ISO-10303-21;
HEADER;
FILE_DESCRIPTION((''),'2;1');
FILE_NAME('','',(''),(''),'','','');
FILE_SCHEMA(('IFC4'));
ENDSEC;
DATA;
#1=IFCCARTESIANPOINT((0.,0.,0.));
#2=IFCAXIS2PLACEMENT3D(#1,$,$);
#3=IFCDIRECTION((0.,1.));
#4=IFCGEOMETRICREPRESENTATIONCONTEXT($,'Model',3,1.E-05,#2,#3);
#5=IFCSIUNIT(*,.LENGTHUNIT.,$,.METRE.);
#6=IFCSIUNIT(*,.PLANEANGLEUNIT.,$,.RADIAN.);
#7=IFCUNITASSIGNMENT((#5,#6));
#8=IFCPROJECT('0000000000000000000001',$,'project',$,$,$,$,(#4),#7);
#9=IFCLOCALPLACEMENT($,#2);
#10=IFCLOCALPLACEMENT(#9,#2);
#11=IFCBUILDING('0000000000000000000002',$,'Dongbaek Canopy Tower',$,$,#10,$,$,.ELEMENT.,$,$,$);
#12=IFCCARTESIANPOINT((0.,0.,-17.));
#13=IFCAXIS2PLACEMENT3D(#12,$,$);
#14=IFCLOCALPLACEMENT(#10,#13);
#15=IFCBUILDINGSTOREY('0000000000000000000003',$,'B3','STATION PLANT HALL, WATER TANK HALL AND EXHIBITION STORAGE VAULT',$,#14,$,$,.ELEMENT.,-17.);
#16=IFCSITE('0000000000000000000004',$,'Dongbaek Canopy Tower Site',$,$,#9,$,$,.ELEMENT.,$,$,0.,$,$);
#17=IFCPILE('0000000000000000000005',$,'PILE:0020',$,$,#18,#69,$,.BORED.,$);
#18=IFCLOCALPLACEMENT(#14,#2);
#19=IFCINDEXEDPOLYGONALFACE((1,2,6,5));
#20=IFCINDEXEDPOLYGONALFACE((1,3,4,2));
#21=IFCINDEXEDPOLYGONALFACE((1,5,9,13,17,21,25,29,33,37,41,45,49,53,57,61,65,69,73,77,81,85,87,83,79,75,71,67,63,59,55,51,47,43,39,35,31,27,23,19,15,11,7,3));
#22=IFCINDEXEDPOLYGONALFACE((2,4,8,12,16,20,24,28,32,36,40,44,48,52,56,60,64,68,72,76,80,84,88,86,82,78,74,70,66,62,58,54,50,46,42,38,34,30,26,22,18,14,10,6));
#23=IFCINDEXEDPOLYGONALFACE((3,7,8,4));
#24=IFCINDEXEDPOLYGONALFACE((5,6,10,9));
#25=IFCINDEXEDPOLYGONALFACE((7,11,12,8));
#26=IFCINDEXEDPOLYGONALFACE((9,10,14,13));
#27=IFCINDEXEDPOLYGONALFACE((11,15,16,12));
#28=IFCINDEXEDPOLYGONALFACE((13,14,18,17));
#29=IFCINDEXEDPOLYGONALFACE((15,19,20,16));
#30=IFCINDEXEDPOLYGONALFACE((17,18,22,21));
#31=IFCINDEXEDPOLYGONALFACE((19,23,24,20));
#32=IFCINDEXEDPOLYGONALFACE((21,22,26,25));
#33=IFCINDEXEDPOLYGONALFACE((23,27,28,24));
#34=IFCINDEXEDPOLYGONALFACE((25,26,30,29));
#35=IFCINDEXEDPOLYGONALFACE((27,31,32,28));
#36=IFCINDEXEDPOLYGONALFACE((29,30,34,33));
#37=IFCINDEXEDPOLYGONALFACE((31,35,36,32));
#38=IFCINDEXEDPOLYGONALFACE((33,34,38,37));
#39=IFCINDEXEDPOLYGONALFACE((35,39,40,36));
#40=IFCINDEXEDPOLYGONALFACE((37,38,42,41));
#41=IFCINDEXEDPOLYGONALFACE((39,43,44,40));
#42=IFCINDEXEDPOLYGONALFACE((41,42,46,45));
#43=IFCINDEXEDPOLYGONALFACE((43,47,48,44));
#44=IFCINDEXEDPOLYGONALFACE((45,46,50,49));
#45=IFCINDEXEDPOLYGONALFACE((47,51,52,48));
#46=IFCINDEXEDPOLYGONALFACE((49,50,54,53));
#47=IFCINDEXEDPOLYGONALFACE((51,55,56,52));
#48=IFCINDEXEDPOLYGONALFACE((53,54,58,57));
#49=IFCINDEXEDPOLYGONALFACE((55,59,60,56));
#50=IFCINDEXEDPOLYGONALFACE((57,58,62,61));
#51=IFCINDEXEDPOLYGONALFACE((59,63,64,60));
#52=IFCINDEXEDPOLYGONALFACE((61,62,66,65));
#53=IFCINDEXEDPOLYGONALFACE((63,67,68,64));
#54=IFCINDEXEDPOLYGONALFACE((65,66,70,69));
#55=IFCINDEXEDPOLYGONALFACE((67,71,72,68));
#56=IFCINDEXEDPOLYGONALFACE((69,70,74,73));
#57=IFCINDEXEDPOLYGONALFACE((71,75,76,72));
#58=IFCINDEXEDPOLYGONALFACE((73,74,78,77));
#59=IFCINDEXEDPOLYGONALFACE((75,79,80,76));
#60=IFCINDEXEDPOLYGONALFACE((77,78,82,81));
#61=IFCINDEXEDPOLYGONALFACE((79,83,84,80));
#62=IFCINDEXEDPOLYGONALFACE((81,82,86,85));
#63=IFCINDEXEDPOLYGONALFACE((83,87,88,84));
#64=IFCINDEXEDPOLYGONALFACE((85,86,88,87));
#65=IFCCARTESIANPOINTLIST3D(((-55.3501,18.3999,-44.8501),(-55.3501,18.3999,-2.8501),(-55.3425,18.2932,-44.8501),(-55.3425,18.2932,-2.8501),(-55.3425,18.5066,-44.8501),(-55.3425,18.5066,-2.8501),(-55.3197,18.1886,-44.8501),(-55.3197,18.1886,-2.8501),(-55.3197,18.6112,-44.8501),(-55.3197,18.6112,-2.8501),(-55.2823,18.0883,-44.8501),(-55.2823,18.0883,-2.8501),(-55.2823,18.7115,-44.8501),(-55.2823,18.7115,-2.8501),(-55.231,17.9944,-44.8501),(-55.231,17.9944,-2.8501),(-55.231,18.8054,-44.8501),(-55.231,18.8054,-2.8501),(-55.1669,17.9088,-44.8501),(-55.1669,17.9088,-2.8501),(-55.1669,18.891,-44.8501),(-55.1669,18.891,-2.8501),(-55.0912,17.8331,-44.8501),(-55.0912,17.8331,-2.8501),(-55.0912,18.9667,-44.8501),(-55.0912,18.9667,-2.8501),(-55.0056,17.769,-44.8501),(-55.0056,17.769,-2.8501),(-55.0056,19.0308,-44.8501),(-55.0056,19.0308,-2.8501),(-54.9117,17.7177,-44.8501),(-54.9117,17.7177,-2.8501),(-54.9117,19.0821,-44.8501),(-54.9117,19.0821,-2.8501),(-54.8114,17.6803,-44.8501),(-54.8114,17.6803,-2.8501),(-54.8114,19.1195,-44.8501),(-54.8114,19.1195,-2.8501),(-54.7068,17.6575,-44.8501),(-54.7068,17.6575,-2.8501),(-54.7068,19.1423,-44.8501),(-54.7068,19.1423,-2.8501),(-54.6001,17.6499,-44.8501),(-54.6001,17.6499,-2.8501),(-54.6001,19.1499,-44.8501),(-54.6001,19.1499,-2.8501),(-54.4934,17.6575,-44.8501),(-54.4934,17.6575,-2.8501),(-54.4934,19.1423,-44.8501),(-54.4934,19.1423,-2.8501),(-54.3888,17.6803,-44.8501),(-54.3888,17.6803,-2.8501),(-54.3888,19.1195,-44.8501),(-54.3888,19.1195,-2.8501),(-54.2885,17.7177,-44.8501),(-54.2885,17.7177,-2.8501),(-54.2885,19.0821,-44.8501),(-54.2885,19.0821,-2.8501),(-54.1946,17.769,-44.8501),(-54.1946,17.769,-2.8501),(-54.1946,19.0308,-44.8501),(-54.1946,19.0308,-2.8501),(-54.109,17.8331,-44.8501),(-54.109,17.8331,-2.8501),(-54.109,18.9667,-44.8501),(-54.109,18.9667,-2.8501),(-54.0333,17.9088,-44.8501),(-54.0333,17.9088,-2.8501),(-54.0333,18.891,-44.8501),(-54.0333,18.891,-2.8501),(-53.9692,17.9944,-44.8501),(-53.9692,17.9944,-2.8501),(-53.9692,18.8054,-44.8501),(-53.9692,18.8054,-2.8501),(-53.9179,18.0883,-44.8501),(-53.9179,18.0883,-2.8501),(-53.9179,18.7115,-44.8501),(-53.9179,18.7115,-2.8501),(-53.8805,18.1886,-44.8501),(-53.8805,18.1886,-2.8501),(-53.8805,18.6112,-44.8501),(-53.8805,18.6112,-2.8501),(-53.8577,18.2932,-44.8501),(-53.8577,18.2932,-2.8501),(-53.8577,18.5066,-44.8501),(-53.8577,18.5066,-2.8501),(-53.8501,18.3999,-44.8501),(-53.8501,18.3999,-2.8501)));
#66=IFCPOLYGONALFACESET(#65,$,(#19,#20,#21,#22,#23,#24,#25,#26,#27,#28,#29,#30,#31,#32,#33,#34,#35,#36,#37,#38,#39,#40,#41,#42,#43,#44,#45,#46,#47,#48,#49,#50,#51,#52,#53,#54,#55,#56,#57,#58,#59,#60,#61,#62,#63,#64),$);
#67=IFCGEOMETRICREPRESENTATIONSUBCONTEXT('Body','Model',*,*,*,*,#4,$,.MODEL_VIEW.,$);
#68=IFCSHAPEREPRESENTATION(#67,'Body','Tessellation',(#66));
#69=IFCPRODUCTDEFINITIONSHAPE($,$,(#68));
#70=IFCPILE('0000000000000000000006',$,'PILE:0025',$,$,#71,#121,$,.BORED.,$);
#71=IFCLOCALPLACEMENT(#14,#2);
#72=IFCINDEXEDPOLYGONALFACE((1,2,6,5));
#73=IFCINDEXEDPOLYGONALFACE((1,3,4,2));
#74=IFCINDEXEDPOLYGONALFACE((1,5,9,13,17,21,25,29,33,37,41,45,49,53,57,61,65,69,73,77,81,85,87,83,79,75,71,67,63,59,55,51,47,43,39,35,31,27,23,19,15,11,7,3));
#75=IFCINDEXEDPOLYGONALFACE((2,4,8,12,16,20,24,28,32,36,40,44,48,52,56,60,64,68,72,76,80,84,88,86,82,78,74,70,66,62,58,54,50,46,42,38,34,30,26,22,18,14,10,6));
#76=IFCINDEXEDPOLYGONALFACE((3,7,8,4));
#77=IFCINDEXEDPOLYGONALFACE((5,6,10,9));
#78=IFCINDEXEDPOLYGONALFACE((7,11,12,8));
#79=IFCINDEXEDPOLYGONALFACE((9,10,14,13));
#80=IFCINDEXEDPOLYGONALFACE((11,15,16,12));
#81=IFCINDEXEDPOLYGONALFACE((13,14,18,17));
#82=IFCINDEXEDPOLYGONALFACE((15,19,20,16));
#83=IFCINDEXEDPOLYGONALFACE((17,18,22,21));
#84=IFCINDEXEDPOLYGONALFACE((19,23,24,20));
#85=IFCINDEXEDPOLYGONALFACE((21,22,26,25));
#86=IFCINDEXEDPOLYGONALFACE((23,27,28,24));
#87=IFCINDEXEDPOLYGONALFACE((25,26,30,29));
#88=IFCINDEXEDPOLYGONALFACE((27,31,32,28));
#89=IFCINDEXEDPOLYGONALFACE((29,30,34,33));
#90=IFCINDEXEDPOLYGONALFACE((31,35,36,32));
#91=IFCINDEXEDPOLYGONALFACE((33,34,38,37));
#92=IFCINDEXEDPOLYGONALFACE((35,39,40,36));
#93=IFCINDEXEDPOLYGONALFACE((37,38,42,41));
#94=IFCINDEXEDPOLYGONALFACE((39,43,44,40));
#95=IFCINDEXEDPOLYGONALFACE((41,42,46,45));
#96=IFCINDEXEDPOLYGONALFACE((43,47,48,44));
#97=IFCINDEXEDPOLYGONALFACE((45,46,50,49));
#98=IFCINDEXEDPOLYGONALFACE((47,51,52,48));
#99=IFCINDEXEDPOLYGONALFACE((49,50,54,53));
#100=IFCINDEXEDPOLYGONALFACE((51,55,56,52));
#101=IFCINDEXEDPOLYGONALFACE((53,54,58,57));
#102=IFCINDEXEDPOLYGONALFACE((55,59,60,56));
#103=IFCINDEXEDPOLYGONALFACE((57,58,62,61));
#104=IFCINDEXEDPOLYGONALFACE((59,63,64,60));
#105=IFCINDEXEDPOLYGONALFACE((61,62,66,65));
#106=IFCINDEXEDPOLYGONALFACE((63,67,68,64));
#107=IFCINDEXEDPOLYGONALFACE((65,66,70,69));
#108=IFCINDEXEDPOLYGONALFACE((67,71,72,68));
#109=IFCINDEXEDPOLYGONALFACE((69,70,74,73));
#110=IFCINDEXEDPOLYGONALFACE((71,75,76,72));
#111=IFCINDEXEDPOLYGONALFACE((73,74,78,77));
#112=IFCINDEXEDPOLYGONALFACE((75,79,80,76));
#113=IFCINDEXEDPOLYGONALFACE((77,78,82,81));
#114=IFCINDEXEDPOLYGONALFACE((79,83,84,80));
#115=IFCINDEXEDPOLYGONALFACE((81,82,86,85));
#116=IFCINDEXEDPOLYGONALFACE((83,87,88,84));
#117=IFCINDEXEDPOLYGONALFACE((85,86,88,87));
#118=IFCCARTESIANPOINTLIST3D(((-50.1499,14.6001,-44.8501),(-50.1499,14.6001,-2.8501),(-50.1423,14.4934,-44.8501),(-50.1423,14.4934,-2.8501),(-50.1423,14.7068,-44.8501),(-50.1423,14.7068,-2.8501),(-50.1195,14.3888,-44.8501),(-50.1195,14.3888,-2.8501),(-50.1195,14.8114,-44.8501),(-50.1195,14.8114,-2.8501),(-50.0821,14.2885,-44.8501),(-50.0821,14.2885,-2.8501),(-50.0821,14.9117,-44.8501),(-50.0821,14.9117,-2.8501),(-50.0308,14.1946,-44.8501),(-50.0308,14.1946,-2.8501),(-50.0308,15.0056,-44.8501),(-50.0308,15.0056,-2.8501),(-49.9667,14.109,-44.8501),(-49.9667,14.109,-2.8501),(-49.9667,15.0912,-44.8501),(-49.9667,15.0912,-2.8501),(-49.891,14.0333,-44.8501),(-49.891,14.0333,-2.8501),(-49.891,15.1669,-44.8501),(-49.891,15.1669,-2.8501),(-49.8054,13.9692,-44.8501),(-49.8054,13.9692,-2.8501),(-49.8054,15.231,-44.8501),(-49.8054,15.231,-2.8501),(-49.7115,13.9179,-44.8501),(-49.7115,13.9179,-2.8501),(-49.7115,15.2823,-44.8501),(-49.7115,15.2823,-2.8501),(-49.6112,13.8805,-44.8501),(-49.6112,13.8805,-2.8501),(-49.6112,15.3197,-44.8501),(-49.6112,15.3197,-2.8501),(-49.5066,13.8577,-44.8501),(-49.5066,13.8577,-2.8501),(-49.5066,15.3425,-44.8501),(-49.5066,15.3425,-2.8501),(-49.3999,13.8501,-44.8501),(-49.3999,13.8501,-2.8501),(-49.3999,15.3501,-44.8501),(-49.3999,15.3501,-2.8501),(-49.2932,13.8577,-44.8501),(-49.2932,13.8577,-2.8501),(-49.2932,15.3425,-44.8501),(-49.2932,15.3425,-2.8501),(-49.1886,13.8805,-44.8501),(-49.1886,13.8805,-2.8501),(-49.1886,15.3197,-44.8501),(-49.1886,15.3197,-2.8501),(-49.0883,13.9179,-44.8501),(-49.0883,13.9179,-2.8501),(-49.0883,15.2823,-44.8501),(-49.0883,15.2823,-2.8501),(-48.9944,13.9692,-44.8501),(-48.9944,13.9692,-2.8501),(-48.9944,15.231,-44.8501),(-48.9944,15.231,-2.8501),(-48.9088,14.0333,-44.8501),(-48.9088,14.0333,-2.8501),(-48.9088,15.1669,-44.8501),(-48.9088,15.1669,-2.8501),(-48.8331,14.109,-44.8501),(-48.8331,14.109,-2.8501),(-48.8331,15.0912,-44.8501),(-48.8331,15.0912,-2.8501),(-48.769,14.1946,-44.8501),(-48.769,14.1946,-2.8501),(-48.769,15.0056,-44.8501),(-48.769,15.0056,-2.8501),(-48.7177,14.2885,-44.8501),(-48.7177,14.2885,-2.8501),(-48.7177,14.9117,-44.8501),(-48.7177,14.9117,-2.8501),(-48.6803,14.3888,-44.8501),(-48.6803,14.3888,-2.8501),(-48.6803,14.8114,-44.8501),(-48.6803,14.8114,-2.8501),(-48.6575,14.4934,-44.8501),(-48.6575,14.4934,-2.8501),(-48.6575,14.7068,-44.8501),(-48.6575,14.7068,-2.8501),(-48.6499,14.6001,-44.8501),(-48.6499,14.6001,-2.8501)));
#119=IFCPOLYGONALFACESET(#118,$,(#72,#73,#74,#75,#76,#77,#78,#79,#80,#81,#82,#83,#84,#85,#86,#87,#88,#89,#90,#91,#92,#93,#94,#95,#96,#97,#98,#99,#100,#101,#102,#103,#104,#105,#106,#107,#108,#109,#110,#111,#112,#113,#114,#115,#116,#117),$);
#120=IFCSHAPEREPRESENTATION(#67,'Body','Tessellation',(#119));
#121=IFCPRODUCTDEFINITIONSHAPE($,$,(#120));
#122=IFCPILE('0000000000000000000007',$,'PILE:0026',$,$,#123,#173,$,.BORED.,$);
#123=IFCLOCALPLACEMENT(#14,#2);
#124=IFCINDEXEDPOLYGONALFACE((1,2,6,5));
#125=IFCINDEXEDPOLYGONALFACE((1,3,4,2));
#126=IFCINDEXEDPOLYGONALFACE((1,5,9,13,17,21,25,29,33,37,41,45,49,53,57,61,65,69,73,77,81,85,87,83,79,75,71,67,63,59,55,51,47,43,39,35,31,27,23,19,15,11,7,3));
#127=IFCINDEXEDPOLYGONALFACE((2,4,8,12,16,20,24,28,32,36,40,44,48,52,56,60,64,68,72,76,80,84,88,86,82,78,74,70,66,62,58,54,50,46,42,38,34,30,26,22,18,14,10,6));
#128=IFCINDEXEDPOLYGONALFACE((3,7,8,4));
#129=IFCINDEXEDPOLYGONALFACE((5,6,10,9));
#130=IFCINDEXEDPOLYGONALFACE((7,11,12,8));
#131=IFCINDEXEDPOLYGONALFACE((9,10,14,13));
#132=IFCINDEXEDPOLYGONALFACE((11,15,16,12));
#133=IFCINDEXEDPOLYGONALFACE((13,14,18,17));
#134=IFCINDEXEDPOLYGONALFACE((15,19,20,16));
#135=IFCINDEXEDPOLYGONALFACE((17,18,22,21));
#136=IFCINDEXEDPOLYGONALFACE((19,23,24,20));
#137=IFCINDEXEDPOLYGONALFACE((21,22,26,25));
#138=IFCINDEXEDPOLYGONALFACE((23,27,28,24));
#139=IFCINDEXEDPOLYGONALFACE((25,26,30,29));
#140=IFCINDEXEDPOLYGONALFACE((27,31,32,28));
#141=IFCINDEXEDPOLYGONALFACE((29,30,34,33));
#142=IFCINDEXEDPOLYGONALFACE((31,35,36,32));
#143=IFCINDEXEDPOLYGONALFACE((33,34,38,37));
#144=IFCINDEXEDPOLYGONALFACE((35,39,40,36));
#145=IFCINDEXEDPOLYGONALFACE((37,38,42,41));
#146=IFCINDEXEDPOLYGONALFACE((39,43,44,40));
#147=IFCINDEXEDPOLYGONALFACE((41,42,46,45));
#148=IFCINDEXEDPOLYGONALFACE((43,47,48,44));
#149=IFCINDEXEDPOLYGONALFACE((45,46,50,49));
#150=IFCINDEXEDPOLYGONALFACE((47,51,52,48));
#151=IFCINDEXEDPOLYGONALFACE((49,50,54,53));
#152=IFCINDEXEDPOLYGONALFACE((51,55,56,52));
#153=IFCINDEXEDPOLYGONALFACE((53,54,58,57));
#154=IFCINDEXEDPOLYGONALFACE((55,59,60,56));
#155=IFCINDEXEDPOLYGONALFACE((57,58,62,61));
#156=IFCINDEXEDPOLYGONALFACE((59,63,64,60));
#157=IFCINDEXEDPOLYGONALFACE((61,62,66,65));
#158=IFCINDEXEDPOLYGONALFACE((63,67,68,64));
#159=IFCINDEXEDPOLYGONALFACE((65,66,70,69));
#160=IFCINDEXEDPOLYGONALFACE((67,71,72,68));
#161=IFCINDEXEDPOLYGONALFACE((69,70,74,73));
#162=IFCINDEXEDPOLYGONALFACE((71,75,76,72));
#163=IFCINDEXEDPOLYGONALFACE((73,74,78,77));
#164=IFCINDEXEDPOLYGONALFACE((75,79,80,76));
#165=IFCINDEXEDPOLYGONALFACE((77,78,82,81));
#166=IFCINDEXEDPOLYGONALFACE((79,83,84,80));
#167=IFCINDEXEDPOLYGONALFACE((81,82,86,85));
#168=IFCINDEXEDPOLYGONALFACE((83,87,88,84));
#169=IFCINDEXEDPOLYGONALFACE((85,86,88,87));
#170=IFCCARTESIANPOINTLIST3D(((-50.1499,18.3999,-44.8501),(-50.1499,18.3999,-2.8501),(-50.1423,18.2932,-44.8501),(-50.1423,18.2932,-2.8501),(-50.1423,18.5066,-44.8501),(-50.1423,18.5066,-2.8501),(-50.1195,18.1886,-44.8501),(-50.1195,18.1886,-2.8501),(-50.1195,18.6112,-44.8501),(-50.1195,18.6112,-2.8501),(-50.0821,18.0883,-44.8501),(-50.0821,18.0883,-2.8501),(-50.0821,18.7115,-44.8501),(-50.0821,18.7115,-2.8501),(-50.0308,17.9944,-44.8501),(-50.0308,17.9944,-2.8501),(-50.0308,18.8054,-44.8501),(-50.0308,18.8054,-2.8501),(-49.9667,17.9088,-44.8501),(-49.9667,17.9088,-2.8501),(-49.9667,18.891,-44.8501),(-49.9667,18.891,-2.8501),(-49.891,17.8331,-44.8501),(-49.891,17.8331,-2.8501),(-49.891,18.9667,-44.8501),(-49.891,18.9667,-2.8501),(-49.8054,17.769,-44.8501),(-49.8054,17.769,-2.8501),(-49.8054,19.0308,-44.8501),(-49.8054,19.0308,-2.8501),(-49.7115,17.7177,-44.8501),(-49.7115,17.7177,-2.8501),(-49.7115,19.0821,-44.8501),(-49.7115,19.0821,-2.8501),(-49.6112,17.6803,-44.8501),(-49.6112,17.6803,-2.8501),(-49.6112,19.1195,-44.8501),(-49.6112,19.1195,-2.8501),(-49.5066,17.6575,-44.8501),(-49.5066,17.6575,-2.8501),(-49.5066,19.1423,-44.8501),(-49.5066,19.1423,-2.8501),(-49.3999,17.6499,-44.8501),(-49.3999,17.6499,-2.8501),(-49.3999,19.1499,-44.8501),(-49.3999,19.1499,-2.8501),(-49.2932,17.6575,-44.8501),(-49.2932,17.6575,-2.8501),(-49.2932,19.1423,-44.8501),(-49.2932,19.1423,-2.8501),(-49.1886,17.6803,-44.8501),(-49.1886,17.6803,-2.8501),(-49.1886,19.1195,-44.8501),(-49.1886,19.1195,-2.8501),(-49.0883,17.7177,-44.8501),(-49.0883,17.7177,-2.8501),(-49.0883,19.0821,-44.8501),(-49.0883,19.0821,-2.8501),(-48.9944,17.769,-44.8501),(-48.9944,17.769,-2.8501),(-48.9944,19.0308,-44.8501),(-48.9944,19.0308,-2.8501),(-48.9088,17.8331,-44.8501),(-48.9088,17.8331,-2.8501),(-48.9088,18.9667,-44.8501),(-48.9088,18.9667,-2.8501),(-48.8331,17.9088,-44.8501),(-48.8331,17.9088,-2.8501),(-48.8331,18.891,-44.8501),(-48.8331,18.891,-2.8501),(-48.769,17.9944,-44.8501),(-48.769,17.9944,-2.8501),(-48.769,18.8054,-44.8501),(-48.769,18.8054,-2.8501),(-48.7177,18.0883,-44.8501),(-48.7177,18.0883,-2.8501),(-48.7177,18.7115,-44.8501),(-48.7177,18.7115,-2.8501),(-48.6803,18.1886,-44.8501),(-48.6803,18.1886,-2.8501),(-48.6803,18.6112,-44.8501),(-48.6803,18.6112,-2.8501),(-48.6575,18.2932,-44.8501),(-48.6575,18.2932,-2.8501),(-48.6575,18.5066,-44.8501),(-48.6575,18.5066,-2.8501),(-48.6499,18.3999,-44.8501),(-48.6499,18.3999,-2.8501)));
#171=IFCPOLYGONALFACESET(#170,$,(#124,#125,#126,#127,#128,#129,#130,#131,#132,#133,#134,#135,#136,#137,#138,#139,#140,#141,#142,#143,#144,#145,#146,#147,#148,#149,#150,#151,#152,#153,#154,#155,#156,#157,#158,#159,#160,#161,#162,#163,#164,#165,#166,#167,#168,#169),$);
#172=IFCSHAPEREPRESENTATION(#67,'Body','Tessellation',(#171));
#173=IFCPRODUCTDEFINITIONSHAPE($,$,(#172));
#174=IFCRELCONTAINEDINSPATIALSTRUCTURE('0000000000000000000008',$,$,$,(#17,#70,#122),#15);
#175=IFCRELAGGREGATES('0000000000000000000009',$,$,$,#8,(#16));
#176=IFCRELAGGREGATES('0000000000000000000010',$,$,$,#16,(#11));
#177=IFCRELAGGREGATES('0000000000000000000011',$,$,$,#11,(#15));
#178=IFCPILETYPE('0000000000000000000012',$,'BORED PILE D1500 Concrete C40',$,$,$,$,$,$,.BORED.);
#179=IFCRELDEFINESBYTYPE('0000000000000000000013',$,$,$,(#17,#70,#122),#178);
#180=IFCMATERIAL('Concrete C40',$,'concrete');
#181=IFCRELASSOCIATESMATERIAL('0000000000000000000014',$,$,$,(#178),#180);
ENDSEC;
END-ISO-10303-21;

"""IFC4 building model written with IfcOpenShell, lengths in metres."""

from ifc_helpers import new_model, si_unit, direction, frame, origin, origin_2d, place, context, subcontext, project, spatial, circle, extrude, material, material_profile, profile_set, type_object, element, save


model = new_model("IFC4")

# Units and contexts
model_context = context("Model", 3, precision=1e-05, world=origin(), true_north=direction((0.0, 1.0)))
body_context = subcontext(model_context, "Body", "Model", "MODEL_VIEW")
ifc_project = project(units=[si_unit("LENGTHUNIT", "METRE"), si_unit("PLANEANGLEUNIT", "RADIAN")], contexts=[model_context])

# Site, building, storey
site_placement = place(None, origin())
site = spatial("IfcSite", under=ifc_project, at=site_placement, Name="Dongbaek Canopy Tower Site", CompositionType="ELEMENT", RefElevation=0.0)
building_placement = place(site_placement, origin())
building = spatial("IfcBuilding", under=site, at=building_placement, Name="Dongbaek Canopy Tower", CompositionType="ELEMENT")
storey_placement = place(building_placement, frame((0.0, 0.0, -17.0)))
storey = spatial("IfcBuildingStorey", under=building, at=storey_placement, Name="B3", Description="STATION PLANT HALL, WATER TANK HALL AND EXHIBITION STORAGE VAULT", CompositionType="ELEMENT", Elevation=-17.0)

# Piles
ifc_material_1 = material(Name="Concrete C40", Category="concrete")
ifc_material_profile_1 = material_profile(ifc_material_1, circle(Radius=0.75, at=origin_2d()), Name="BORED PILE D1500 Concrete C40")
ifc_profile_set_1 = profile_set([ifc_material_profile_1], Name="Concrete C40")
pile_type = type_object("IfcPileType", Name="BORED PILE D1500 Concrete C40", PredefinedType="BORED", material=ifc_profile_set_1)
for number, where, z_axis, x_axis, name in (
    (1, (-54.6001, 18.3999, -2.8501), (0.0, 0.0, -1.0), (1.0, 0.0, 0.0), "PILE:0020"),
    (2, (-49.3999, 14.6001, -2.8501), (0.0, 0.0, -1.0), (1.0, 0.0, 0.0), "PILE:0025"),
    (3, (-49.3999, 18.3999, -2.8501), (0.0, 0.0, -1.0), (1.0, 0.0, 0.0), "PILE:0026"),
):
    element("IfcPile", number, at=place(storey_placement, frame(where, z_axis=z_axis, x_axis=x_axis)), inside=storey, type_object=pile_type, Name=name, PredefinedType="BORED", context=body_context, shape_type="SweptSolid", body=[
        extrude(circle(Radius=0.75, at=origin_2d()), origin(), (0.0, 0.0, 1.0), 42.0),
    ])

save(model, "model.ifc")
